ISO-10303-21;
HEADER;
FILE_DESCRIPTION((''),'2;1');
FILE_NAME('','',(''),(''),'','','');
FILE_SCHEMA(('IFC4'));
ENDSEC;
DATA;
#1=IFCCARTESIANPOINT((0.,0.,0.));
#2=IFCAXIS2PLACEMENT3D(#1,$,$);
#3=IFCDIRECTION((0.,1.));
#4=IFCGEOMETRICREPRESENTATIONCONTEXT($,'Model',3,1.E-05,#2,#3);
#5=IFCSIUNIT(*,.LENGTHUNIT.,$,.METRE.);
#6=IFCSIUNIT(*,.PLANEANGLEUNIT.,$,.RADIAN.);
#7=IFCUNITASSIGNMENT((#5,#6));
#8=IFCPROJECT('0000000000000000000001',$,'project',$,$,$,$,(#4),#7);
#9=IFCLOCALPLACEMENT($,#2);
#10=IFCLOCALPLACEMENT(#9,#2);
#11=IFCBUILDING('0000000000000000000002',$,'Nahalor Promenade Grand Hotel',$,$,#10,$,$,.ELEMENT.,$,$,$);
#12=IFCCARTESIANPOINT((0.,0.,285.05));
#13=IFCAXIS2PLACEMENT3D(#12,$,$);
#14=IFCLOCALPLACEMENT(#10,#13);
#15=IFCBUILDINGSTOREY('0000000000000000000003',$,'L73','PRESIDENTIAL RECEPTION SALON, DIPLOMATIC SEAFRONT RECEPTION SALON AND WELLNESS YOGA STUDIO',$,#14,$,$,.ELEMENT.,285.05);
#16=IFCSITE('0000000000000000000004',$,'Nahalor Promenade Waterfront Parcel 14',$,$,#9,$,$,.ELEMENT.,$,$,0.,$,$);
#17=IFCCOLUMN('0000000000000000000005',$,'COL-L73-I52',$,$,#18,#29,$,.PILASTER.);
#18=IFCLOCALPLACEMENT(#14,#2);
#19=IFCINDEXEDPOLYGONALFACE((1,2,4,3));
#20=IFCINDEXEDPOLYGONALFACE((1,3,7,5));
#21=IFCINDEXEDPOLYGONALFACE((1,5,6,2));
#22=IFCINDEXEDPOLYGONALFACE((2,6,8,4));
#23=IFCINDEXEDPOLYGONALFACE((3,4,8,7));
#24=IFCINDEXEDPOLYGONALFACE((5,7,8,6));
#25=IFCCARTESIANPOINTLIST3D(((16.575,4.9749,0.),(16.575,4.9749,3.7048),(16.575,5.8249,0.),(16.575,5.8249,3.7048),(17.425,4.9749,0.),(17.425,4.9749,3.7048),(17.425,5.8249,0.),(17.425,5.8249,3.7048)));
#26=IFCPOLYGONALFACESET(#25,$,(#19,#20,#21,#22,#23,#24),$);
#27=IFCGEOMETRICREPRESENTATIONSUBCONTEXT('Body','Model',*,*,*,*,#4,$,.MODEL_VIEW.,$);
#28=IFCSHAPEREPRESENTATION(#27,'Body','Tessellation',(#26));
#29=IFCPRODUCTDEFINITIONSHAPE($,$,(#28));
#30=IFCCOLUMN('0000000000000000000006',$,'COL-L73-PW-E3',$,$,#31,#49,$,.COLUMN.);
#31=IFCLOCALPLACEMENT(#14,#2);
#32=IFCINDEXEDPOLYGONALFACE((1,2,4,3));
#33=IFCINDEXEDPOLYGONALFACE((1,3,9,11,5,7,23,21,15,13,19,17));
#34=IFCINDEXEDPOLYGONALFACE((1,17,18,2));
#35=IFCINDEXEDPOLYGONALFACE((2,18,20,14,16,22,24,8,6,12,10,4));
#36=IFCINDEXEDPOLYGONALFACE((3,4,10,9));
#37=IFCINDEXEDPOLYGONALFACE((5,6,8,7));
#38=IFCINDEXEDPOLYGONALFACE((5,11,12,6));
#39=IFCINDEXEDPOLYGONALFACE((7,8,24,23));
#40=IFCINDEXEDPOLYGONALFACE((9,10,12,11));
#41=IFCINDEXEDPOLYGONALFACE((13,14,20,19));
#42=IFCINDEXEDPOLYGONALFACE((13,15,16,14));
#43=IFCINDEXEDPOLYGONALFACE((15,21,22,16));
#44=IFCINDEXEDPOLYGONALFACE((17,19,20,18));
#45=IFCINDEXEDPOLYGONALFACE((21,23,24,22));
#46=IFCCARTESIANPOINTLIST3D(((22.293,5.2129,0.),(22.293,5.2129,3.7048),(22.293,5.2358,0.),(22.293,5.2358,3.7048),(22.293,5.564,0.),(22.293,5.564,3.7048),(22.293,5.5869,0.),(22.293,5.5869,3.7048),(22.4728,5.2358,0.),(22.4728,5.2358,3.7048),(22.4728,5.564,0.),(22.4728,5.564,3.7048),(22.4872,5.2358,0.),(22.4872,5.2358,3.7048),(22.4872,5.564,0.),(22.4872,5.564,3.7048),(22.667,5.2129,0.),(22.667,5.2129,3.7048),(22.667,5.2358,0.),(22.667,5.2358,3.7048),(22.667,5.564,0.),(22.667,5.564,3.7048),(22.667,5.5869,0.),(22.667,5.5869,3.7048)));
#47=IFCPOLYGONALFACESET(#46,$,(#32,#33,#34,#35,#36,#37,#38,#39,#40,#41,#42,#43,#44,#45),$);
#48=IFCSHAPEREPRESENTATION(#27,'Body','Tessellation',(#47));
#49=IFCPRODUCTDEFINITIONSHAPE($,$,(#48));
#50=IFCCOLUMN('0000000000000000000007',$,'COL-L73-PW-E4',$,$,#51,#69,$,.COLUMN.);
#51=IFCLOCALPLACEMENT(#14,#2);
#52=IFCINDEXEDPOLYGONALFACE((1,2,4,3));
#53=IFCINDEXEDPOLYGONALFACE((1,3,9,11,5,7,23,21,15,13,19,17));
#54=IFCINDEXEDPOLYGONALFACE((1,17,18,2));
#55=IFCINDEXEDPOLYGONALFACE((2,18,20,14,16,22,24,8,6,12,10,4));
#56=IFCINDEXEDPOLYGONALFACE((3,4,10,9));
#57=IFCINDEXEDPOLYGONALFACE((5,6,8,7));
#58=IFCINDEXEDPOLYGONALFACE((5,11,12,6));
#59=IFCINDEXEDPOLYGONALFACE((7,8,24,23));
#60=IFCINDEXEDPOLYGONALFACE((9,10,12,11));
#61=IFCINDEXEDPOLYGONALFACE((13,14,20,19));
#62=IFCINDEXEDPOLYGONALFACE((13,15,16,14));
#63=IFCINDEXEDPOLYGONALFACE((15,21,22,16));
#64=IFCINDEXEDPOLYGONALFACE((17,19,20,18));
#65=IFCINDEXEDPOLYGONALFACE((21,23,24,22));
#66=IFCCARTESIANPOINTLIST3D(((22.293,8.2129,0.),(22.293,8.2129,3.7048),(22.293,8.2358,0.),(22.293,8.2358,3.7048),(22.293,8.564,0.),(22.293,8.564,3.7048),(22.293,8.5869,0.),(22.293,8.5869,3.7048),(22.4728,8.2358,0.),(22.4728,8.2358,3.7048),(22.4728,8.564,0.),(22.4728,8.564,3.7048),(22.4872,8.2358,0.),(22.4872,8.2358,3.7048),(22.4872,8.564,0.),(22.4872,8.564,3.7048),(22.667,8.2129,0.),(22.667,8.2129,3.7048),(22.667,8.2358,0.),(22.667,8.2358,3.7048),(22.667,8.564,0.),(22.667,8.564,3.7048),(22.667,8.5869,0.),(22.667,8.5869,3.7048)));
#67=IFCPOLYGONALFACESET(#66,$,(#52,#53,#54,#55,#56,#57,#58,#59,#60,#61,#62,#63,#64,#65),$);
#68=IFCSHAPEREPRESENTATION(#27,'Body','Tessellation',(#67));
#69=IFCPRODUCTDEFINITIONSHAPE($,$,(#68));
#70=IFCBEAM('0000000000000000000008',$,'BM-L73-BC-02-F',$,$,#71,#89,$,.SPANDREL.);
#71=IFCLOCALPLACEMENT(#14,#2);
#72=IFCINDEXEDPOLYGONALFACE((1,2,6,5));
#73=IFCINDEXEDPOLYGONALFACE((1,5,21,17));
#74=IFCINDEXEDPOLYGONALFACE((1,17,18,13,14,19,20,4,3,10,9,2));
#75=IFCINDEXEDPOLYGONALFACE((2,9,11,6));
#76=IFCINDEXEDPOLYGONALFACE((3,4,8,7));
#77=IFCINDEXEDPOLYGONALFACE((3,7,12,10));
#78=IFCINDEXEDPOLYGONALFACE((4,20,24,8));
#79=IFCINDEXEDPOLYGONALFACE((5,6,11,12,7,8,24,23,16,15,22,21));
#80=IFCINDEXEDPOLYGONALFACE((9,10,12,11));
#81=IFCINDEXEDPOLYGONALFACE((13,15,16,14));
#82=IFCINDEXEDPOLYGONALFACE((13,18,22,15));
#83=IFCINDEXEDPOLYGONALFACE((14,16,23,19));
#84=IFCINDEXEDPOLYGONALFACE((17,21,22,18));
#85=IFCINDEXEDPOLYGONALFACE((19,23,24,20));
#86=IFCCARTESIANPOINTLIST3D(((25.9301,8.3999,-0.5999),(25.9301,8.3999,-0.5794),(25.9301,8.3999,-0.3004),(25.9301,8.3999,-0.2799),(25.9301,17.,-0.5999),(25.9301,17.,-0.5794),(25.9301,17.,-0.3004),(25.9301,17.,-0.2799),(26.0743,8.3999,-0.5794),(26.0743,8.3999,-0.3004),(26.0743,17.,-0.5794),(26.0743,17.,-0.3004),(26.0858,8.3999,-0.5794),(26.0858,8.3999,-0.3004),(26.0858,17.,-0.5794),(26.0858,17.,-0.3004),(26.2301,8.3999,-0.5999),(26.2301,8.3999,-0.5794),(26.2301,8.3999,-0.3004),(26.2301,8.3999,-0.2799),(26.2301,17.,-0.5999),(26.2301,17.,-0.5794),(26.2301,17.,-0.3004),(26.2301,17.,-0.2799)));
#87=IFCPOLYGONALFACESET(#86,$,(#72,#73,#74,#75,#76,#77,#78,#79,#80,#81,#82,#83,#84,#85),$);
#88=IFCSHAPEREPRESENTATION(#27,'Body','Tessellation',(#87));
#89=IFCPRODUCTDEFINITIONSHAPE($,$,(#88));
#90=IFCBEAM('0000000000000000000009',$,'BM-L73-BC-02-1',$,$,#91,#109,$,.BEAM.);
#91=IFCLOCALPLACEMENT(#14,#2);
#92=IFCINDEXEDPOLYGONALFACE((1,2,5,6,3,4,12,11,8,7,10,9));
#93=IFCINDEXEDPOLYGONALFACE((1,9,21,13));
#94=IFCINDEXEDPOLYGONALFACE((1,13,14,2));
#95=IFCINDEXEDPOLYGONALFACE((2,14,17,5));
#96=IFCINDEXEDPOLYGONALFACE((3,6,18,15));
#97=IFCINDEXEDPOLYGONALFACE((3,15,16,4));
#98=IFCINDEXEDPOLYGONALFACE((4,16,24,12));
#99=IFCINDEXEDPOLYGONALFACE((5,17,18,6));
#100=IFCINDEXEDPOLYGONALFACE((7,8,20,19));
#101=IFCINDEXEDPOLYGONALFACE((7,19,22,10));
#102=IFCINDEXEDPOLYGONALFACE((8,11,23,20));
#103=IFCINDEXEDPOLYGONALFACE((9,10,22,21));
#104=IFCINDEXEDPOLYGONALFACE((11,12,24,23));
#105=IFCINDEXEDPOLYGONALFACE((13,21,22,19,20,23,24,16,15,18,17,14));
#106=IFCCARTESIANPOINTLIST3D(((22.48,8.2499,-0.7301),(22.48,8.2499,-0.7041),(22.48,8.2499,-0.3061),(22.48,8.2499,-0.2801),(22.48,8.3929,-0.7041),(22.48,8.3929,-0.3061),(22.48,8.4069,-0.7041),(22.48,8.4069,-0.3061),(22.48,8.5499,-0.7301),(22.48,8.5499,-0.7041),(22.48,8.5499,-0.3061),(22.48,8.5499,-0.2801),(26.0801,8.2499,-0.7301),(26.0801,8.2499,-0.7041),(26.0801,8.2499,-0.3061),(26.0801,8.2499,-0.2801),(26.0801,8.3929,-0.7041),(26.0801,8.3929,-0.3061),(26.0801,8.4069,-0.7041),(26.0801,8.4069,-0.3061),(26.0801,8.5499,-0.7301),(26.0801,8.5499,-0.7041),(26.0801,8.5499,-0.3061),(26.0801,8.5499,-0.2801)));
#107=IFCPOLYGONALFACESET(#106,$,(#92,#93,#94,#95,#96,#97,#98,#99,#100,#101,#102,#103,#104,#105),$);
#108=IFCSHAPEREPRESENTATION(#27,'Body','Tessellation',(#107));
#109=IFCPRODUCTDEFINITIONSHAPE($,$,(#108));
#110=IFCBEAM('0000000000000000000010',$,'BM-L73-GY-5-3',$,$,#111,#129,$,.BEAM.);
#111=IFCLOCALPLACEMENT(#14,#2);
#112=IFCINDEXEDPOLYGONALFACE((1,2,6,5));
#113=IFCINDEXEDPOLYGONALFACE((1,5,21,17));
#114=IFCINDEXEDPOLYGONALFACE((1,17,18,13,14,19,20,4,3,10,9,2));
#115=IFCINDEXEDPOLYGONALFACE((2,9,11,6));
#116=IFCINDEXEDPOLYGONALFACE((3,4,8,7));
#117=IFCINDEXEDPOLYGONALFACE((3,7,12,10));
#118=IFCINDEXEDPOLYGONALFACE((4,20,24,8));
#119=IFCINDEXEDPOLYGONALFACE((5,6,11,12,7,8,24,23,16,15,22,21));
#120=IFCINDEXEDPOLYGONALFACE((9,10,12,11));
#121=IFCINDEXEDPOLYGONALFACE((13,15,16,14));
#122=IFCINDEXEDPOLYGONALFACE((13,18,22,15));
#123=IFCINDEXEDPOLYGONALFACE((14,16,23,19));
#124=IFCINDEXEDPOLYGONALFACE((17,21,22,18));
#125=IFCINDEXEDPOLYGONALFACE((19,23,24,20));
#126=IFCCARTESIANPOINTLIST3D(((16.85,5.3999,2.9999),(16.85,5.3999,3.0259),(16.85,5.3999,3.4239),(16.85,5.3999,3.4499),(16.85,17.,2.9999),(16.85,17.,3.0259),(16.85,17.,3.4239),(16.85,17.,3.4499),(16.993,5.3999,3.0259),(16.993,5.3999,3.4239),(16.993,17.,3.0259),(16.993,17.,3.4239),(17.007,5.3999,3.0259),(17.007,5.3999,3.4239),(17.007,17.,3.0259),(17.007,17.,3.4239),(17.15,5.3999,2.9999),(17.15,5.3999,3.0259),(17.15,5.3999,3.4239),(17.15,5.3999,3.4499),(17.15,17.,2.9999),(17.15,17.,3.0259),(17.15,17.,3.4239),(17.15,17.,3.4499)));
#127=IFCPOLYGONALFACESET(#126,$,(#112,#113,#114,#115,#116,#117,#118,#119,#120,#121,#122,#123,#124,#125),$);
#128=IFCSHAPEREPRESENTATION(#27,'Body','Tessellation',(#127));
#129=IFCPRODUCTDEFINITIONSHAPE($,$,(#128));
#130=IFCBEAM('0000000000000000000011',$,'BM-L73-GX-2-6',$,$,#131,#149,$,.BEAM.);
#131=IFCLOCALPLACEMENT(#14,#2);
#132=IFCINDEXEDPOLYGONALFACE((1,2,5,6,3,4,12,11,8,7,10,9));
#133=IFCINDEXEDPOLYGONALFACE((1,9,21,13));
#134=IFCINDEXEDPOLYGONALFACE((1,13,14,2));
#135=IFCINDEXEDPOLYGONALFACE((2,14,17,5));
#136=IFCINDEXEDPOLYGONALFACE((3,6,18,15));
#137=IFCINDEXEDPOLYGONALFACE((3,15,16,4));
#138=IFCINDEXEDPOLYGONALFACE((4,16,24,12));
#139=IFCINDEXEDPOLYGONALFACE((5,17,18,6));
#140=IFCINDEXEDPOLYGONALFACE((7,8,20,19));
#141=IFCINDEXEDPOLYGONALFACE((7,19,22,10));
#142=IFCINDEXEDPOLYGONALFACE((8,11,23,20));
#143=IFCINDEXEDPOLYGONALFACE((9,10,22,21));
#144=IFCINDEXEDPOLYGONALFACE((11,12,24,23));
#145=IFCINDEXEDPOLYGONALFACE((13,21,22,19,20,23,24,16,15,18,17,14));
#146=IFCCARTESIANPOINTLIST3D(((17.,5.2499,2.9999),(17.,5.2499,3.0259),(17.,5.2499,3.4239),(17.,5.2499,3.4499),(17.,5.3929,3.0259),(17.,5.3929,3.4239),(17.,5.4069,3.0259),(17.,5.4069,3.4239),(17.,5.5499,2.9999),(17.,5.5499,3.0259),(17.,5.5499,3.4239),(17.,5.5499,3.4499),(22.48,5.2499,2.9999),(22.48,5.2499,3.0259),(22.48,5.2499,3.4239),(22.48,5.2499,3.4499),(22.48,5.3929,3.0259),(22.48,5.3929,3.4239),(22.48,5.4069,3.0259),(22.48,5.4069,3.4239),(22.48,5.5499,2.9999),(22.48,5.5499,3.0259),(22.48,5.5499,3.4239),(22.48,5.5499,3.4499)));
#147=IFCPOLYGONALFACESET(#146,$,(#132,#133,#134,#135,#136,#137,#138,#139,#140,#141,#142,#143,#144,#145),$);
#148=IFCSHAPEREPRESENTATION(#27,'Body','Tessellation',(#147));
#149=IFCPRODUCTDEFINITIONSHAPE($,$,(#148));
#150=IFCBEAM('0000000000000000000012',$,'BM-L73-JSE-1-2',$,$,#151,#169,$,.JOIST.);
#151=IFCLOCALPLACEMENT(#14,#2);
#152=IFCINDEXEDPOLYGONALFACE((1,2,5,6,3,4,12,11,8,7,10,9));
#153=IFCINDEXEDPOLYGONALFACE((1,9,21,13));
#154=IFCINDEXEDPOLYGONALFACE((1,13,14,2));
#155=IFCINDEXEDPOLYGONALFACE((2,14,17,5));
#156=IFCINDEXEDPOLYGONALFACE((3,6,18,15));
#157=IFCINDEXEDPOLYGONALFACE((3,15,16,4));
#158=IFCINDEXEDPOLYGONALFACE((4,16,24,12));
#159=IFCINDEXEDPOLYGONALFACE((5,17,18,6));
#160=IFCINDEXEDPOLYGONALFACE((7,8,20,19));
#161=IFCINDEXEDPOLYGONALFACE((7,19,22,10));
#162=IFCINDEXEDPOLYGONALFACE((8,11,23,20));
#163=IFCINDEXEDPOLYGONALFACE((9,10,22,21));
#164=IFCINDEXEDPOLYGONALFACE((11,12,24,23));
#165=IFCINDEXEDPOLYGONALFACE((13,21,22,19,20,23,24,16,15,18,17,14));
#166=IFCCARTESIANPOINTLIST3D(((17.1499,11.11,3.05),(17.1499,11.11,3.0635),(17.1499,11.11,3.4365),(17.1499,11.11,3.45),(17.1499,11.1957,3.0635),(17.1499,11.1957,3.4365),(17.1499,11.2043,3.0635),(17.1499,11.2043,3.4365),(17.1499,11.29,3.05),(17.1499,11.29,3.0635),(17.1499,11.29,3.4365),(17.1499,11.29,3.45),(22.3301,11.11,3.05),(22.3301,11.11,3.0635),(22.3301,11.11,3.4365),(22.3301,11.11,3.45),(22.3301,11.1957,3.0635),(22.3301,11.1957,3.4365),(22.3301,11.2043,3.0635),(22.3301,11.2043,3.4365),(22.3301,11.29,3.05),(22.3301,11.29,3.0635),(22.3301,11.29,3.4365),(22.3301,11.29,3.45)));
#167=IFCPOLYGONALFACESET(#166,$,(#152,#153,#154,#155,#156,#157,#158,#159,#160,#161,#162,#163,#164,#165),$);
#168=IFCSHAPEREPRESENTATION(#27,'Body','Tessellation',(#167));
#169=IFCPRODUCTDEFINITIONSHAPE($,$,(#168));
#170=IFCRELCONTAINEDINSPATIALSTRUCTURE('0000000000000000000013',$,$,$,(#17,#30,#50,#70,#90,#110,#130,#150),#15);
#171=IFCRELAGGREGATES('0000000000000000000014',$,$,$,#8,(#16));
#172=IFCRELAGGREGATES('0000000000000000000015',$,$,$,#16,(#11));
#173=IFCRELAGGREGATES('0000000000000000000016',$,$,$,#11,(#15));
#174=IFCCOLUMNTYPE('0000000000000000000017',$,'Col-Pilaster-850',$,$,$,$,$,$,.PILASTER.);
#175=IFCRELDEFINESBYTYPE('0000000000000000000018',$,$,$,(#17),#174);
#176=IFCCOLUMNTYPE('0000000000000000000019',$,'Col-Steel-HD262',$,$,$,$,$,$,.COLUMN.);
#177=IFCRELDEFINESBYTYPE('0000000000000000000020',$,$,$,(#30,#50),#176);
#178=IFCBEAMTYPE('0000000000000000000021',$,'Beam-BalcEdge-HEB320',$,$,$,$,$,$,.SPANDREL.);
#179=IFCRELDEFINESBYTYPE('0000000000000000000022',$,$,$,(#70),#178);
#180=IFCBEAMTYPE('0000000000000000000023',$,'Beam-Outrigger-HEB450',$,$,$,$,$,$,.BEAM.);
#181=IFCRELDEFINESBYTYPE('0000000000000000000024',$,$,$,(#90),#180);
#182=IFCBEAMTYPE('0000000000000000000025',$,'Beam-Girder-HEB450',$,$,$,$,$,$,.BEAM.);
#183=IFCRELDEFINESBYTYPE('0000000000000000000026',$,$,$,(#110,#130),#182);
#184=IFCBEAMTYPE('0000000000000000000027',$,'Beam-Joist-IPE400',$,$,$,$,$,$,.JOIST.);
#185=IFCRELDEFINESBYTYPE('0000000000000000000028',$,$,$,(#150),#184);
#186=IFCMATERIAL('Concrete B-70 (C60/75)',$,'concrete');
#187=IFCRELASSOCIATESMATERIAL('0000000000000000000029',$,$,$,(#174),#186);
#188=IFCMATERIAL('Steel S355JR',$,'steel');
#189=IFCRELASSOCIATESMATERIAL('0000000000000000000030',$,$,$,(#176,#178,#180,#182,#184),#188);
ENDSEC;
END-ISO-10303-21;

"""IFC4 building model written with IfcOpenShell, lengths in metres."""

from ifc_helpers import new_model, si_unit, direction, frame, origin, origin_2d, place, context, subcontext, project, spatial, rectangle, i_section, extrude, source, transform, mapped, material, material_profile, profile_set, type_object, element, save


model = new_model("IFC4")

# Units and contexts
model_context = context("Model", 3, precision=1e-05, world=origin(), true_north=direction((0.0, 1.0)))
body_context = subcontext(model_context, "Body", "Model", "MODEL_VIEW")
ifc_project = project(units=[si_unit("LENGTHUNIT", "METRE"), si_unit("PLANEANGLEUNIT", "RADIAN")], contexts=[model_context])

# Site, building, storey
site_placement = place(None, origin())
site = spatial("IfcSite", under=ifc_project, at=site_placement, Name="Nahalor Promenade Waterfront Parcel 14", CompositionType="ELEMENT", RefElevation=0.0)
building_placement = place(site_placement, origin())
building = spatial("IfcBuilding", under=site, at=building_placement, Name="Nahalor Promenade Grand Hotel", CompositionType="ELEMENT")
storey_placement = place(building_placement, frame((0.0, 0.0, 285.05)))
storey = spatial("IfcBuildingStorey", under=building, at=storey_placement, Name="L73", Description="PRESIDENTIAL RECEPTION SALON, DIPLOMATIC SEAFRONT RECEPTION SALON AND WELLNESS YOGA STUDIO", CompositionType="ELEMENT", Elevation=285.05)

# Columns
ifc_material_1 = material(Name="Concrete B-70 (C60/75)", Category="concrete")
ifc_material_profile_1 = material_profile(ifc_material_1, rectangle(XDim=0.85, YDim=0.85, at=origin_2d()), Name="RC 850x850")
ifc_profile_set_1 = profile_set([ifc_material_profile_1], Name="Concrete B-70 (C60/75)")
column_type_1 = type_object("IfcColumnType", Name="Col-Pilaster-850", PredefinedType="PILASTER", material=ifc_profile_set_1)
shared_shape_1 = source(origin(), body_context, "Body", "SweptSolid", [
    extrude(rectangle(XDim=0.85, YDim=0.85, at=origin_2d()), origin(), (0.0, 0.0, 1.0), 3.7048),
])
column_placement = place(storey_placement, frame((17.0, 5.3999, 0.0), z_axis=(0.0, 0.0, 1.0), x_axis=(1.0, 0.0, 0.0)))
element("IfcColumn", 1, at=column_placement, inside=storey, type_object=column_type_1, Name="COL-L73-I52", PredefinedType="PILASTER", context=body_context, shape_type="MappedRepresentation", body=[
    mapped(shared_shape_1, transform((0.0, 0.0, 0.0), scale=1.0)),
])
ifc_material_2 = material(Name="Steel S355JR", Category="steel")
ifc_material_profile_2 = material_profile(ifc_material_2, i_section(OverallWidth=0.374, OverallDepth=0.374, WebThickness=0.0144, FlangeThickness=0.0229, at=origin_2d()), Name="HD 360x262")
ifc_profile_set_2 = profile_set([ifc_material_profile_2], Name="Steel S355JR")
column_type_2 = type_object("IfcColumnType", Name="Col-Steel-HD262", PredefinedType="COLUMN", material=ifc_profile_set_2)
shared_shape_2 = source(origin(), body_context, "Body", "SweptSolid", [
    extrude(i_section(OverallWidth=0.374, OverallDepth=0.374, WebThickness=0.0144, FlangeThickness=0.0229, at=origin_2d()), origin(), (0.0, 0.0, 1.0), 3.7048),
])
for number, where, z_axis, x_axis, name in (
    (2, (22.48, 5.3999, 0.0), (0.0, 0.0, 1.0), (1.0, 0.0, 0.0), "COL-L73-PW-E3"),
    (3, (22.48, 8.3999, 0.0), (0.0, 0.0, 1.0), (1.0, 0.0, 0.0), "COL-L73-PW-E4"),
):
    element("IfcColumn", number, at=place(storey_placement, frame(where, z_axis=z_axis, x_axis=x_axis)), inside=storey, type_object=column_type_2, Name=name, PredefinedType="COLUMN", context=body_context, shape_type="MappedRepresentation", body=[
        mapped(shared_shape_2, transform((0.0, 0.0, 0.0), scale=1.0)),
    ])

# Beams
ifc_material_profile_3 = material_profile(ifc_material_2, i_section(OverallWidth=0.3, OverallDepth=0.32, WebThickness=0.0115, FlangeThickness=0.0205, at=origin_2d()), Name="HEB 320")
ifc_profile_set_3 = profile_set([ifc_material_profile_3], Name="Steel S355JR")
beam_type_1 = type_object("IfcBeamType", Name="Beam-BalcEdge-HEB320", PredefinedType="SPANDREL", material=ifc_profile_set_3)
shared_shape_3 = source(origin(), body_context, "Body", "SweptSolid", [
    extrude(i_section(OverallWidth=0.3, OverallDepth=0.32, WebThickness=0.0115, FlangeThickness=0.0205, at=origin_2d()), origin(), (0.0, 0.0, 1.0), 8.6001),
])
beam_1_placement = place(storey_placement, frame((26.0801, 8.3999, -0.4399), z_axis=(0.0, 1.0, 0.0), x_axis=(-1.0, 0.0, 0.0)))
element("IfcBeam", 4, at=beam_1_placement, inside=storey, type_object=beam_type_1, Name="BM-L73-BC-02-F", PredefinedType="SPANDREL", context=body_context, shape_type="MappedRepresentation", body=[
    mapped(shared_shape_3, transform((0.0, 0.0, 0.0), scale=1.0)),
])
ifc_material_profile_4 = material_profile(ifc_material_2, i_section(OverallWidth=0.3, OverallDepth=0.45, WebThickness=0.014, FlangeThickness=0.026, at=origin_2d()), Name="HEB 450")
ifc_profile_set_4 = profile_set([ifc_material_profile_4], Name="Steel S355JR")
beam_type_2 = type_object("IfcBeamType", Name="Beam-Outrigger-HEB450", PredefinedType="BEAM", material=ifc_profile_set_4)
shared_shape_4 = source(origin(), body_context, "Body", "SweptSolid", [
    extrude(i_section(OverallWidth=0.3, OverallDepth=0.45, WebThickness=0.014, FlangeThickness=0.026, at=origin_2d()), origin(), (0.0, 0.0, 1.0), 3.6001),
])
beam_2_placement = place(storey_placement, frame((22.48, 8.3999, -0.5051), z_axis=(1.0, 0.0, 0.0), x_axis=(0.0, 1.0, 0.0)))
element("IfcBeam", 5, at=beam_2_placement, inside=storey, type_object=beam_type_2, Name="BM-L73-BC-02-1", PredefinedType="BEAM", context=body_context, shape_type="MappedRepresentation", body=[
    mapped(shared_shape_4, transform((0.0, 0.0, 0.0), scale=1.0)),
])
ifc_material_profile_5 = material_profile(ifc_material_2, i_section(OverallWidth=0.3, OverallDepth=0.45, WebThickness=0.014, FlangeThickness=0.026, at=origin_2d()), Name="HEB 450")
ifc_profile_set_5 = profile_set([ifc_material_profile_5], Name="Steel S355JR")
beam_type_3 = type_object("IfcBeamType", Name="Beam-Girder-HEB450", PredefinedType="BEAM", material=ifc_profile_set_5)
shared_shape_5 = source(origin(), body_context, "Body", "SweptSolid", [
    extrude(i_section(OverallWidth=0.3, OverallDepth=0.45, WebThickness=0.014, FlangeThickness=0.026, at=origin_2d()), origin(), (0.0, 0.0, 1.0), 11.6001),
])
beam_3_placement = place(storey_placement, frame((17.0, 5.3999, 3.2249), z_axis=(0.0, 1.0, 0.0), x_axis=(-1.0, 0.0, 0.0)))
element("IfcBeam", 6, at=beam_3_placement, inside=storey, type_object=beam_type_3, Name="BM-L73-GY-5-3", PredefinedType="BEAM", context=body_context, shape_type="MappedRepresentation", body=[
    mapped(shared_shape_5, transform((0.0, 0.0, 0.0), scale=1.0)),
])
shared_shape_6 = source(origin(), body_context, "Body", "SweptSolid", [
    extrude(i_section(OverallWidth=0.3, OverallDepth=0.45, WebThickness=0.014, FlangeThickness=0.026, at=origin_2d()), origin(), (0.0, 0.0, 1.0), 5.48),
])
beam_4_placement = place(storey_placement, frame((17.0, 5.3999, 3.2249), z_axis=(1.0, 0.0, 0.0), x_axis=(0.0, 1.0, 0.0)))
element("IfcBeam", 7, at=beam_4_placement, inside=storey, type_object=beam_type_3, Name="BM-L73-GX-2-6", PredefinedType="BEAM", context=body_context, shape_type="MappedRepresentation", body=[
    mapped(shared_shape_6, transform((0.0, 0.0, 0.0), scale=1.0)),
])
ifc_material_profile_6 = material_profile(ifc_material_2, i_section(OverallWidth=0.18, OverallDepth=0.4, WebThickness=0.0086, FlangeThickness=0.0135, at=origin_2d()), Name="IPE 400")
ifc_profile_set_6 = profile_set([ifc_material_profile_6], Name="Steel S355JR")
beam_type_4 = type_object("IfcBeamType", Name="Beam-Joist-IPE400", PredefinedType="JOIST", material=ifc_profile_set_6)
shared_shape_7 = source(origin(), body_context, "Body", "SweptSolid", [
    extrude(i_section(OverallWidth=0.18, OverallDepth=0.4, WebThickness=0.0086, FlangeThickness=0.0135, at=origin_2d()), origin(), (0.0, 0.0, 1.0), 5.1802),
])
beam_5_placement = place(storey_placement, frame((17.1499, 11.2, 3.25), z_axis=(1.0, 0.0, 0.0), x_axis=(0.0, 1.0, 0.0)))
element("IfcBeam", 8, at=beam_5_placement, inside=storey, type_object=beam_type_4, Name="BM-L73-JSE-1-2", PredefinedType="JOIST", context=body_context, shape_type="MappedRepresentation", body=[
    mapped(shared_shape_7, transform((0.0, 0.0, 0.0), scale=1.0)),
])

save(model, "model.ifc")
